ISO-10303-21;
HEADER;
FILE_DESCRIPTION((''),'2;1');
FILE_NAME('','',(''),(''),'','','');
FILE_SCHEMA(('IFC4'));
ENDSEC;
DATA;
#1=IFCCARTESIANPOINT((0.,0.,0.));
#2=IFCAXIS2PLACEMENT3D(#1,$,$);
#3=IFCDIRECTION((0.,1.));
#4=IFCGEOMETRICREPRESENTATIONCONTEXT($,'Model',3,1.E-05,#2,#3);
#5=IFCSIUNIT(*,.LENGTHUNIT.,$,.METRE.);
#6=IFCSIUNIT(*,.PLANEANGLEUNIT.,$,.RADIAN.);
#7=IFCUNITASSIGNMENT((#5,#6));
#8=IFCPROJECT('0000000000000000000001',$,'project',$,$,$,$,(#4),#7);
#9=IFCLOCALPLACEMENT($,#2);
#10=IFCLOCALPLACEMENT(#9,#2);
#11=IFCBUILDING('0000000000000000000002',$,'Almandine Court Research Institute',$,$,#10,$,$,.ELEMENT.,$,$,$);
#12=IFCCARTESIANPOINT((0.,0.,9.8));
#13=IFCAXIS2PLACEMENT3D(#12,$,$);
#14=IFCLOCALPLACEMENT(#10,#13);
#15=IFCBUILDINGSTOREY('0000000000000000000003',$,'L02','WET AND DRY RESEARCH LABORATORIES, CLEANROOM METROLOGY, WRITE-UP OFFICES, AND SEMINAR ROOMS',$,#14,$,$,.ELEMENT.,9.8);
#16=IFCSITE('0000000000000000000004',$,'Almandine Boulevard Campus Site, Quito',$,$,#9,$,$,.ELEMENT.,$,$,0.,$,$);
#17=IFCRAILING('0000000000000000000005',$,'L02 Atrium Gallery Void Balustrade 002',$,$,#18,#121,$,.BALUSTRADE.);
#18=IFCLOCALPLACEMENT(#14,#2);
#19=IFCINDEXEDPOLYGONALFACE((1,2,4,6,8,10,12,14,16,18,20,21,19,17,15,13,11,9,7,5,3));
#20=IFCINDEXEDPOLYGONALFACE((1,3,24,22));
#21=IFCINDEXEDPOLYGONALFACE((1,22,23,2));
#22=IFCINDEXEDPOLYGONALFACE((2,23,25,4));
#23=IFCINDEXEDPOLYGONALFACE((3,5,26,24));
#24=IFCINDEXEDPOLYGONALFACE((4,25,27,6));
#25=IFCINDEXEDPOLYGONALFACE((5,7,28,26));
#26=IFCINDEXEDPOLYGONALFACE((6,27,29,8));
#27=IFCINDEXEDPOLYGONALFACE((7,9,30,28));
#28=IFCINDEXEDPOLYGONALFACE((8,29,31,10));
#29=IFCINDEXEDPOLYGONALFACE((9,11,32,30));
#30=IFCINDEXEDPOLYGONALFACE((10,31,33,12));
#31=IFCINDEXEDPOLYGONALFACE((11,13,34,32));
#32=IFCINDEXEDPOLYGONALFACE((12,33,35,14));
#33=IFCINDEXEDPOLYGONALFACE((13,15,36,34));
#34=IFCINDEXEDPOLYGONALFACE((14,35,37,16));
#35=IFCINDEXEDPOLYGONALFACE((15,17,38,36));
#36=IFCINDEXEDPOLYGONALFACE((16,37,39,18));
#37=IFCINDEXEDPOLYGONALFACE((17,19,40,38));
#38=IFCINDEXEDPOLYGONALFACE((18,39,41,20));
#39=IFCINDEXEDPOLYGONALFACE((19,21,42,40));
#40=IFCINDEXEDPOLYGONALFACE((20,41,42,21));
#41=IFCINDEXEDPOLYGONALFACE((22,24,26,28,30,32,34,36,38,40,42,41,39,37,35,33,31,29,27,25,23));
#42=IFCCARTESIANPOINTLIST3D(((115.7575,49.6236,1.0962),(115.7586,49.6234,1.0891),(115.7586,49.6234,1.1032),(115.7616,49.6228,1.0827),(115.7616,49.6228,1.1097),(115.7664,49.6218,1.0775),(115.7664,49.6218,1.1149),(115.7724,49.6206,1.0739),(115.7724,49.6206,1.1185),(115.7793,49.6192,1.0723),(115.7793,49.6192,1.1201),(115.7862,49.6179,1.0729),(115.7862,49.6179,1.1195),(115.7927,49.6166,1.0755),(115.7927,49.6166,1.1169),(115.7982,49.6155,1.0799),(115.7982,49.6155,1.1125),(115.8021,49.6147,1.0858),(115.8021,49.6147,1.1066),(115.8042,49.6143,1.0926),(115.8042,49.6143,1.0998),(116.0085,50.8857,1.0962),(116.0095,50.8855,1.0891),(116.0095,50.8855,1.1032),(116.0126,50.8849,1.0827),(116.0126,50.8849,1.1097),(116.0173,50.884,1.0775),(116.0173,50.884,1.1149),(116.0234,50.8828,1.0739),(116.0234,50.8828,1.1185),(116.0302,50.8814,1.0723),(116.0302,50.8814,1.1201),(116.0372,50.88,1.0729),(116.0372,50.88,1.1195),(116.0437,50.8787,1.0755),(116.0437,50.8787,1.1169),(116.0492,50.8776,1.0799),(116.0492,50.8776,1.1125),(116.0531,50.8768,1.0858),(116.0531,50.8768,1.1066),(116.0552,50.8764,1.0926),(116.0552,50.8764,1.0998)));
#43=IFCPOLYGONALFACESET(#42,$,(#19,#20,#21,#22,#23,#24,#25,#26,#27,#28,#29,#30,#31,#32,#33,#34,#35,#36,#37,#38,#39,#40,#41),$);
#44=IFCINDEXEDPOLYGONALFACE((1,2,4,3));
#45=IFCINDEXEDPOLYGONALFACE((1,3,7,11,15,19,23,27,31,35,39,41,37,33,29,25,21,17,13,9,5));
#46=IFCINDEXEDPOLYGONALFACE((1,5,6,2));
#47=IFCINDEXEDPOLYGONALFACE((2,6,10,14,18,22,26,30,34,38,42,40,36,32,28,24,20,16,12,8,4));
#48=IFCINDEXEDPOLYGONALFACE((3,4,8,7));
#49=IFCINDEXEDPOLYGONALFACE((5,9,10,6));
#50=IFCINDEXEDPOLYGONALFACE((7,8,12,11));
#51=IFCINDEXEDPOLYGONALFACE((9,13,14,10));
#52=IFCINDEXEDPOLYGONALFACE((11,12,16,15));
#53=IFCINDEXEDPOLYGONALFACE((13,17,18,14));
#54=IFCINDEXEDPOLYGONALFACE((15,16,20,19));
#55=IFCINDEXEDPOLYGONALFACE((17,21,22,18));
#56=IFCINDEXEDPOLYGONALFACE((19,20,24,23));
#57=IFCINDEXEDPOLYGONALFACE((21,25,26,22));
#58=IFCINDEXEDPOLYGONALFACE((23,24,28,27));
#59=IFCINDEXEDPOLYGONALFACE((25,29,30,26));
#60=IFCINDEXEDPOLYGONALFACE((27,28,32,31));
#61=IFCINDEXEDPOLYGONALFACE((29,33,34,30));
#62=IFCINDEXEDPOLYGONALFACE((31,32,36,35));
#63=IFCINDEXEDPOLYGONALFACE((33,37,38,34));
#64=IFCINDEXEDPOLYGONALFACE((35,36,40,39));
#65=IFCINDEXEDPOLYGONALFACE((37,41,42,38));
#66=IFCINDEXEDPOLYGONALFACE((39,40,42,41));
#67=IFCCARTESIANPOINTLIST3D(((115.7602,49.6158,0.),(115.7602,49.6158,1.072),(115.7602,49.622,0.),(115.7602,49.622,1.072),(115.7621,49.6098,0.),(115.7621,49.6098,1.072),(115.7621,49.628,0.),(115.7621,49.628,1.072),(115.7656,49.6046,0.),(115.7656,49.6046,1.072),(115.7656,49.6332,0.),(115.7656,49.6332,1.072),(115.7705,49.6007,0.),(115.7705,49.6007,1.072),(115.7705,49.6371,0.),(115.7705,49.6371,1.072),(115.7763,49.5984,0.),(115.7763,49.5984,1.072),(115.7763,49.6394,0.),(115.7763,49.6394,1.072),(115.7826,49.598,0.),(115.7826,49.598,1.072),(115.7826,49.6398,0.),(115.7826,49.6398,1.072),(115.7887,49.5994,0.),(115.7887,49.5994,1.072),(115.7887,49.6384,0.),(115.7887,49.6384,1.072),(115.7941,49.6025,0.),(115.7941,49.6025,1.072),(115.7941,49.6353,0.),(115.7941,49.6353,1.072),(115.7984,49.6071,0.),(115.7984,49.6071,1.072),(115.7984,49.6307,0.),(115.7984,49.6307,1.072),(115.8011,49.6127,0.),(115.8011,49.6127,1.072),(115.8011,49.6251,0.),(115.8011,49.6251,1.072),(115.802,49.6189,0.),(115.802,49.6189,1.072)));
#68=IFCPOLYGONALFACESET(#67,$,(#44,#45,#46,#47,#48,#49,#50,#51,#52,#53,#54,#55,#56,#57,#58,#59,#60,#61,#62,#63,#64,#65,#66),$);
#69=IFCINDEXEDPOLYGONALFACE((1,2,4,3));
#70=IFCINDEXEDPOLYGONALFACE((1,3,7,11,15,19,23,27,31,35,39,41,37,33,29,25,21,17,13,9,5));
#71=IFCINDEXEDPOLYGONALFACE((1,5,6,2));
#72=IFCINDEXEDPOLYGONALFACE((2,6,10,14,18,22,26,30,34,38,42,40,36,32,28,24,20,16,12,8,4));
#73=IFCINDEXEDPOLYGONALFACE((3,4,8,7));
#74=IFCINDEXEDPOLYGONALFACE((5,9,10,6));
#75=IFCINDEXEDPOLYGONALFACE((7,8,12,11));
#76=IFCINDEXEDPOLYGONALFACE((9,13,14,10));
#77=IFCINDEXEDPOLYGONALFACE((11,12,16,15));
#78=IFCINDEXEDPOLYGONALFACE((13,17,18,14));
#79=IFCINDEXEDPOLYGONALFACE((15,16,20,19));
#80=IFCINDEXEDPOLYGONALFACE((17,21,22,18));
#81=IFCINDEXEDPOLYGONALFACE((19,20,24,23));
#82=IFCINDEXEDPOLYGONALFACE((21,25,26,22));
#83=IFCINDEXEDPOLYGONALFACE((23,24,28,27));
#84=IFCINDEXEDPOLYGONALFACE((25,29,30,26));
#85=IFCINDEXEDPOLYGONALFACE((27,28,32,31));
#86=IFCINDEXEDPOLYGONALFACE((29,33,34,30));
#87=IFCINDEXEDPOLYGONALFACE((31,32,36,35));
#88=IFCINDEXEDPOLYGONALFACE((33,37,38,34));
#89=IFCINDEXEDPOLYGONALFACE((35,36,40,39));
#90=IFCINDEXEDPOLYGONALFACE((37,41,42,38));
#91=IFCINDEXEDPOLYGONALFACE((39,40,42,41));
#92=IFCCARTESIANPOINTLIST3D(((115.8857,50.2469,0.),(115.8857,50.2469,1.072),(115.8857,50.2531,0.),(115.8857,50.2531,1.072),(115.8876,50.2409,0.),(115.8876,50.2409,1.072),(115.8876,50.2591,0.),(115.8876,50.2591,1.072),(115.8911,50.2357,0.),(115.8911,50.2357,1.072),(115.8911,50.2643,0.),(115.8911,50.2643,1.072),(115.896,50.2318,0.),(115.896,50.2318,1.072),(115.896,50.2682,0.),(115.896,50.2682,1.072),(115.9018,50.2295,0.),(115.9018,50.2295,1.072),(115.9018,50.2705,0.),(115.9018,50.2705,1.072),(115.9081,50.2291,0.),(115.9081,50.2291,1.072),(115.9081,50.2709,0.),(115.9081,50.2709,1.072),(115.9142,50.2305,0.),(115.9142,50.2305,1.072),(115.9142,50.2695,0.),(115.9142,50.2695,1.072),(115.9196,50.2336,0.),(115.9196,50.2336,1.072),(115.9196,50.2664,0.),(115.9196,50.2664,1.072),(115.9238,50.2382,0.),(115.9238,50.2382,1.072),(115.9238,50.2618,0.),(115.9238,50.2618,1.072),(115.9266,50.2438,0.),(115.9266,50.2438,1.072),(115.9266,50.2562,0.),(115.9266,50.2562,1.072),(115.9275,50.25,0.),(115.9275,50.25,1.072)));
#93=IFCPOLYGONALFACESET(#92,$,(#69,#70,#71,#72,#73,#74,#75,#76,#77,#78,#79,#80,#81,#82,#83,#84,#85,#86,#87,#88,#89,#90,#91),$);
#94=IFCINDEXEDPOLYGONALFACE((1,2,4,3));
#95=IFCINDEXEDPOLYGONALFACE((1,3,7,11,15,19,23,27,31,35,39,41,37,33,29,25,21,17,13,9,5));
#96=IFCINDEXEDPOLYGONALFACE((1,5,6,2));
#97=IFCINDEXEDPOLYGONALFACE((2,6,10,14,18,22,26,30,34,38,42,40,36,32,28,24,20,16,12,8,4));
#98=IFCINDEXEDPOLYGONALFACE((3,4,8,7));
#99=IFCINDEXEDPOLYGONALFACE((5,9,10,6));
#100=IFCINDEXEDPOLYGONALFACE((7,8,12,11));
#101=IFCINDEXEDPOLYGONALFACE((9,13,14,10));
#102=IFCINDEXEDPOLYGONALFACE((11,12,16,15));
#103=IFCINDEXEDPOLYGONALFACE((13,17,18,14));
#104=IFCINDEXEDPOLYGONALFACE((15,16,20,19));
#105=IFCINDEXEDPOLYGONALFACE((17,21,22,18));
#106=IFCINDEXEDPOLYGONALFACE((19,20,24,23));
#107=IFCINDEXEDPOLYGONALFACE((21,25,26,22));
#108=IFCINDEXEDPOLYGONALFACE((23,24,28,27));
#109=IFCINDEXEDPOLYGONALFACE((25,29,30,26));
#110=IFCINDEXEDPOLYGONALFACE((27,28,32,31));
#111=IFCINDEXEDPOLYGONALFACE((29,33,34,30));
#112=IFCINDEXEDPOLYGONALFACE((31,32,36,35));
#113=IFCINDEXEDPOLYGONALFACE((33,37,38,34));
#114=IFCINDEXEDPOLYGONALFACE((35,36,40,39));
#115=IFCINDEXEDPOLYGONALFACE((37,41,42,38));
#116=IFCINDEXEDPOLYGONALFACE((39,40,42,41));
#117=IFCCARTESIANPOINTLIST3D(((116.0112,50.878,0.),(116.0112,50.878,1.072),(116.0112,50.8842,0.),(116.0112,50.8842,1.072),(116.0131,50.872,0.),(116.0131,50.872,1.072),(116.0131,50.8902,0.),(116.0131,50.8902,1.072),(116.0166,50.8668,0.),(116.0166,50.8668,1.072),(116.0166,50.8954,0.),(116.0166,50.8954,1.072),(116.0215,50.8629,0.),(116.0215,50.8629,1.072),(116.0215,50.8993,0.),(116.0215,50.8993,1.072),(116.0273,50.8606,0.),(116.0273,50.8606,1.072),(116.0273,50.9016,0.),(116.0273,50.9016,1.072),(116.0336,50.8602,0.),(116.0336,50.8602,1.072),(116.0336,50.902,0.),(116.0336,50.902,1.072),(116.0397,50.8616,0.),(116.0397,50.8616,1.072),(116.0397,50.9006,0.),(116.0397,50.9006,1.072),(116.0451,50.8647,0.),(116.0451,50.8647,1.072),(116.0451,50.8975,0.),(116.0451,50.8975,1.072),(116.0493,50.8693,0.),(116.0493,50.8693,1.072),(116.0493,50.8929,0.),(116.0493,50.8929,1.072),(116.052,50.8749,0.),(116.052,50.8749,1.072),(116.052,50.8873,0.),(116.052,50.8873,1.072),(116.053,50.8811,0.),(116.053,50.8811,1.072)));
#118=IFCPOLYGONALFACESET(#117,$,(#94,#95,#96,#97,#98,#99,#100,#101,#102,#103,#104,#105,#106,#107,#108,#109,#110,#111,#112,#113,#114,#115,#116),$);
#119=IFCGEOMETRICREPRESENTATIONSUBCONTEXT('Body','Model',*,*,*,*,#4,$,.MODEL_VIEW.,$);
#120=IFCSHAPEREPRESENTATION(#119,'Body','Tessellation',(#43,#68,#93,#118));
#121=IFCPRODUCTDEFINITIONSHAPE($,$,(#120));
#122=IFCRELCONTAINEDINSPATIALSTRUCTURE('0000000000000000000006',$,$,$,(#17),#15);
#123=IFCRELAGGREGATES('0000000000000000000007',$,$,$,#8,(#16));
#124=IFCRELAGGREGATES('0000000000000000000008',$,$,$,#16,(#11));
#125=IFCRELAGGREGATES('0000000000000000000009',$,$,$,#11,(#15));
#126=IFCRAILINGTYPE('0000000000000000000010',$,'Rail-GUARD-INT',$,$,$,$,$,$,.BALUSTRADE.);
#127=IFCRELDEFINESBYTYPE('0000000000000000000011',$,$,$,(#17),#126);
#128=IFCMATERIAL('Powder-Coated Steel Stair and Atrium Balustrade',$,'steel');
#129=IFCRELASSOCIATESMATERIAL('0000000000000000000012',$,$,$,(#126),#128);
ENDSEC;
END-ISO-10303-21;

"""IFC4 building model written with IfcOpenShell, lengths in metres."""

from ifc_helpers import new_model, si_unit, direction, frame, origin, origin_2d, place, context, subcontext, project, spatial, circle, extrude, material, type_object, element, save


model = new_model("IFC4")

# Units and contexts
model_context = context("Model", 3, precision=1e-05, world=origin(), true_north=direction((0.0, 1.0)))
body_context = subcontext(model_context, "Body", "Model", "MODEL_VIEW")
ifc_project = project(units=[si_unit("LENGTHUNIT", "METRE"), si_unit("PLANEANGLEUNIT", "RADIAN")], contexts=[model_context])

# Site, building, storey
site_placement = place(None, origin())
site = spatial("IfcSite", under=ifc_project, at=site_placement, Name="Almandine Boulevard Campus Site, Quito", CompositionType="ELEMENT", RefElevation=0.0)
building_placement = place(site_placement, origin())
building = spatial("IfcBuilding", under=site, at=building_placement, Name="Almandine Court Research Institute", CompositionType="ELEMENT")
storey_placement = place(building_placement, frame((0.0, 0.0, 9.8)))
storey = spatial("IfcBuildingStorey", under=building, at=storey_placement, Name="L02", Description="WET AND DRY RESEARCH LABORATORIES, CLEANROOM METROLOGY, WRITE-UP OFFICES, AND SEMINAR ROOMS", CompositionType="ELEMENT", Elevation=9.8)

# Railing
ifc_material_1 = material(Name="Powder-Coated Steel Stair and Atrium Balustrade", Category="steel")
railing_type = type_object("IfcRailingType", Name="Rail-GUARD-INT", PredefinedType="BALUSTRADE", material=ifc_material_1)
railing_1_placement = place(storey_placement, frame((115.781, 49.6189, 0.0)))
element("IfcRailing", 1, at=railing_1_placement, inside=storey, type_object=railing_type, Name="L02 Atrium Gallery Void Balustrade 002", PredefinedType="BALUSTRADE", context=body_context, shape_type="SweptSolid", body=[
    extrude(circle(Radius=0.0239, at=origin_2d()), frame((0.0, 0.0, 1.0962), z_axis=(0.195022, 0.980799, 0.0), x_axis=(-0.980799, 0.195022, 0.0)), (0.0, 0.0, 1.0), 1.2869),
    extrude(circle(Radius=0.021, at=origin_2d()), origin(), (0.0, 0.0, 1.0), 1.072),
    extrude(circle(Radius=0.021, at=origin_2d()), frame((0.1255, 0.6311, 0.0)), (0.0, 0.0, 1.0), 1.072),
    extrude(circle(Radius=0.021, at=origin_2d()), frame((0.251, 1.2622, 0.0)), (0.0, 0.0, 1.0), 1.072),
])

save(model, "model.ifc")
